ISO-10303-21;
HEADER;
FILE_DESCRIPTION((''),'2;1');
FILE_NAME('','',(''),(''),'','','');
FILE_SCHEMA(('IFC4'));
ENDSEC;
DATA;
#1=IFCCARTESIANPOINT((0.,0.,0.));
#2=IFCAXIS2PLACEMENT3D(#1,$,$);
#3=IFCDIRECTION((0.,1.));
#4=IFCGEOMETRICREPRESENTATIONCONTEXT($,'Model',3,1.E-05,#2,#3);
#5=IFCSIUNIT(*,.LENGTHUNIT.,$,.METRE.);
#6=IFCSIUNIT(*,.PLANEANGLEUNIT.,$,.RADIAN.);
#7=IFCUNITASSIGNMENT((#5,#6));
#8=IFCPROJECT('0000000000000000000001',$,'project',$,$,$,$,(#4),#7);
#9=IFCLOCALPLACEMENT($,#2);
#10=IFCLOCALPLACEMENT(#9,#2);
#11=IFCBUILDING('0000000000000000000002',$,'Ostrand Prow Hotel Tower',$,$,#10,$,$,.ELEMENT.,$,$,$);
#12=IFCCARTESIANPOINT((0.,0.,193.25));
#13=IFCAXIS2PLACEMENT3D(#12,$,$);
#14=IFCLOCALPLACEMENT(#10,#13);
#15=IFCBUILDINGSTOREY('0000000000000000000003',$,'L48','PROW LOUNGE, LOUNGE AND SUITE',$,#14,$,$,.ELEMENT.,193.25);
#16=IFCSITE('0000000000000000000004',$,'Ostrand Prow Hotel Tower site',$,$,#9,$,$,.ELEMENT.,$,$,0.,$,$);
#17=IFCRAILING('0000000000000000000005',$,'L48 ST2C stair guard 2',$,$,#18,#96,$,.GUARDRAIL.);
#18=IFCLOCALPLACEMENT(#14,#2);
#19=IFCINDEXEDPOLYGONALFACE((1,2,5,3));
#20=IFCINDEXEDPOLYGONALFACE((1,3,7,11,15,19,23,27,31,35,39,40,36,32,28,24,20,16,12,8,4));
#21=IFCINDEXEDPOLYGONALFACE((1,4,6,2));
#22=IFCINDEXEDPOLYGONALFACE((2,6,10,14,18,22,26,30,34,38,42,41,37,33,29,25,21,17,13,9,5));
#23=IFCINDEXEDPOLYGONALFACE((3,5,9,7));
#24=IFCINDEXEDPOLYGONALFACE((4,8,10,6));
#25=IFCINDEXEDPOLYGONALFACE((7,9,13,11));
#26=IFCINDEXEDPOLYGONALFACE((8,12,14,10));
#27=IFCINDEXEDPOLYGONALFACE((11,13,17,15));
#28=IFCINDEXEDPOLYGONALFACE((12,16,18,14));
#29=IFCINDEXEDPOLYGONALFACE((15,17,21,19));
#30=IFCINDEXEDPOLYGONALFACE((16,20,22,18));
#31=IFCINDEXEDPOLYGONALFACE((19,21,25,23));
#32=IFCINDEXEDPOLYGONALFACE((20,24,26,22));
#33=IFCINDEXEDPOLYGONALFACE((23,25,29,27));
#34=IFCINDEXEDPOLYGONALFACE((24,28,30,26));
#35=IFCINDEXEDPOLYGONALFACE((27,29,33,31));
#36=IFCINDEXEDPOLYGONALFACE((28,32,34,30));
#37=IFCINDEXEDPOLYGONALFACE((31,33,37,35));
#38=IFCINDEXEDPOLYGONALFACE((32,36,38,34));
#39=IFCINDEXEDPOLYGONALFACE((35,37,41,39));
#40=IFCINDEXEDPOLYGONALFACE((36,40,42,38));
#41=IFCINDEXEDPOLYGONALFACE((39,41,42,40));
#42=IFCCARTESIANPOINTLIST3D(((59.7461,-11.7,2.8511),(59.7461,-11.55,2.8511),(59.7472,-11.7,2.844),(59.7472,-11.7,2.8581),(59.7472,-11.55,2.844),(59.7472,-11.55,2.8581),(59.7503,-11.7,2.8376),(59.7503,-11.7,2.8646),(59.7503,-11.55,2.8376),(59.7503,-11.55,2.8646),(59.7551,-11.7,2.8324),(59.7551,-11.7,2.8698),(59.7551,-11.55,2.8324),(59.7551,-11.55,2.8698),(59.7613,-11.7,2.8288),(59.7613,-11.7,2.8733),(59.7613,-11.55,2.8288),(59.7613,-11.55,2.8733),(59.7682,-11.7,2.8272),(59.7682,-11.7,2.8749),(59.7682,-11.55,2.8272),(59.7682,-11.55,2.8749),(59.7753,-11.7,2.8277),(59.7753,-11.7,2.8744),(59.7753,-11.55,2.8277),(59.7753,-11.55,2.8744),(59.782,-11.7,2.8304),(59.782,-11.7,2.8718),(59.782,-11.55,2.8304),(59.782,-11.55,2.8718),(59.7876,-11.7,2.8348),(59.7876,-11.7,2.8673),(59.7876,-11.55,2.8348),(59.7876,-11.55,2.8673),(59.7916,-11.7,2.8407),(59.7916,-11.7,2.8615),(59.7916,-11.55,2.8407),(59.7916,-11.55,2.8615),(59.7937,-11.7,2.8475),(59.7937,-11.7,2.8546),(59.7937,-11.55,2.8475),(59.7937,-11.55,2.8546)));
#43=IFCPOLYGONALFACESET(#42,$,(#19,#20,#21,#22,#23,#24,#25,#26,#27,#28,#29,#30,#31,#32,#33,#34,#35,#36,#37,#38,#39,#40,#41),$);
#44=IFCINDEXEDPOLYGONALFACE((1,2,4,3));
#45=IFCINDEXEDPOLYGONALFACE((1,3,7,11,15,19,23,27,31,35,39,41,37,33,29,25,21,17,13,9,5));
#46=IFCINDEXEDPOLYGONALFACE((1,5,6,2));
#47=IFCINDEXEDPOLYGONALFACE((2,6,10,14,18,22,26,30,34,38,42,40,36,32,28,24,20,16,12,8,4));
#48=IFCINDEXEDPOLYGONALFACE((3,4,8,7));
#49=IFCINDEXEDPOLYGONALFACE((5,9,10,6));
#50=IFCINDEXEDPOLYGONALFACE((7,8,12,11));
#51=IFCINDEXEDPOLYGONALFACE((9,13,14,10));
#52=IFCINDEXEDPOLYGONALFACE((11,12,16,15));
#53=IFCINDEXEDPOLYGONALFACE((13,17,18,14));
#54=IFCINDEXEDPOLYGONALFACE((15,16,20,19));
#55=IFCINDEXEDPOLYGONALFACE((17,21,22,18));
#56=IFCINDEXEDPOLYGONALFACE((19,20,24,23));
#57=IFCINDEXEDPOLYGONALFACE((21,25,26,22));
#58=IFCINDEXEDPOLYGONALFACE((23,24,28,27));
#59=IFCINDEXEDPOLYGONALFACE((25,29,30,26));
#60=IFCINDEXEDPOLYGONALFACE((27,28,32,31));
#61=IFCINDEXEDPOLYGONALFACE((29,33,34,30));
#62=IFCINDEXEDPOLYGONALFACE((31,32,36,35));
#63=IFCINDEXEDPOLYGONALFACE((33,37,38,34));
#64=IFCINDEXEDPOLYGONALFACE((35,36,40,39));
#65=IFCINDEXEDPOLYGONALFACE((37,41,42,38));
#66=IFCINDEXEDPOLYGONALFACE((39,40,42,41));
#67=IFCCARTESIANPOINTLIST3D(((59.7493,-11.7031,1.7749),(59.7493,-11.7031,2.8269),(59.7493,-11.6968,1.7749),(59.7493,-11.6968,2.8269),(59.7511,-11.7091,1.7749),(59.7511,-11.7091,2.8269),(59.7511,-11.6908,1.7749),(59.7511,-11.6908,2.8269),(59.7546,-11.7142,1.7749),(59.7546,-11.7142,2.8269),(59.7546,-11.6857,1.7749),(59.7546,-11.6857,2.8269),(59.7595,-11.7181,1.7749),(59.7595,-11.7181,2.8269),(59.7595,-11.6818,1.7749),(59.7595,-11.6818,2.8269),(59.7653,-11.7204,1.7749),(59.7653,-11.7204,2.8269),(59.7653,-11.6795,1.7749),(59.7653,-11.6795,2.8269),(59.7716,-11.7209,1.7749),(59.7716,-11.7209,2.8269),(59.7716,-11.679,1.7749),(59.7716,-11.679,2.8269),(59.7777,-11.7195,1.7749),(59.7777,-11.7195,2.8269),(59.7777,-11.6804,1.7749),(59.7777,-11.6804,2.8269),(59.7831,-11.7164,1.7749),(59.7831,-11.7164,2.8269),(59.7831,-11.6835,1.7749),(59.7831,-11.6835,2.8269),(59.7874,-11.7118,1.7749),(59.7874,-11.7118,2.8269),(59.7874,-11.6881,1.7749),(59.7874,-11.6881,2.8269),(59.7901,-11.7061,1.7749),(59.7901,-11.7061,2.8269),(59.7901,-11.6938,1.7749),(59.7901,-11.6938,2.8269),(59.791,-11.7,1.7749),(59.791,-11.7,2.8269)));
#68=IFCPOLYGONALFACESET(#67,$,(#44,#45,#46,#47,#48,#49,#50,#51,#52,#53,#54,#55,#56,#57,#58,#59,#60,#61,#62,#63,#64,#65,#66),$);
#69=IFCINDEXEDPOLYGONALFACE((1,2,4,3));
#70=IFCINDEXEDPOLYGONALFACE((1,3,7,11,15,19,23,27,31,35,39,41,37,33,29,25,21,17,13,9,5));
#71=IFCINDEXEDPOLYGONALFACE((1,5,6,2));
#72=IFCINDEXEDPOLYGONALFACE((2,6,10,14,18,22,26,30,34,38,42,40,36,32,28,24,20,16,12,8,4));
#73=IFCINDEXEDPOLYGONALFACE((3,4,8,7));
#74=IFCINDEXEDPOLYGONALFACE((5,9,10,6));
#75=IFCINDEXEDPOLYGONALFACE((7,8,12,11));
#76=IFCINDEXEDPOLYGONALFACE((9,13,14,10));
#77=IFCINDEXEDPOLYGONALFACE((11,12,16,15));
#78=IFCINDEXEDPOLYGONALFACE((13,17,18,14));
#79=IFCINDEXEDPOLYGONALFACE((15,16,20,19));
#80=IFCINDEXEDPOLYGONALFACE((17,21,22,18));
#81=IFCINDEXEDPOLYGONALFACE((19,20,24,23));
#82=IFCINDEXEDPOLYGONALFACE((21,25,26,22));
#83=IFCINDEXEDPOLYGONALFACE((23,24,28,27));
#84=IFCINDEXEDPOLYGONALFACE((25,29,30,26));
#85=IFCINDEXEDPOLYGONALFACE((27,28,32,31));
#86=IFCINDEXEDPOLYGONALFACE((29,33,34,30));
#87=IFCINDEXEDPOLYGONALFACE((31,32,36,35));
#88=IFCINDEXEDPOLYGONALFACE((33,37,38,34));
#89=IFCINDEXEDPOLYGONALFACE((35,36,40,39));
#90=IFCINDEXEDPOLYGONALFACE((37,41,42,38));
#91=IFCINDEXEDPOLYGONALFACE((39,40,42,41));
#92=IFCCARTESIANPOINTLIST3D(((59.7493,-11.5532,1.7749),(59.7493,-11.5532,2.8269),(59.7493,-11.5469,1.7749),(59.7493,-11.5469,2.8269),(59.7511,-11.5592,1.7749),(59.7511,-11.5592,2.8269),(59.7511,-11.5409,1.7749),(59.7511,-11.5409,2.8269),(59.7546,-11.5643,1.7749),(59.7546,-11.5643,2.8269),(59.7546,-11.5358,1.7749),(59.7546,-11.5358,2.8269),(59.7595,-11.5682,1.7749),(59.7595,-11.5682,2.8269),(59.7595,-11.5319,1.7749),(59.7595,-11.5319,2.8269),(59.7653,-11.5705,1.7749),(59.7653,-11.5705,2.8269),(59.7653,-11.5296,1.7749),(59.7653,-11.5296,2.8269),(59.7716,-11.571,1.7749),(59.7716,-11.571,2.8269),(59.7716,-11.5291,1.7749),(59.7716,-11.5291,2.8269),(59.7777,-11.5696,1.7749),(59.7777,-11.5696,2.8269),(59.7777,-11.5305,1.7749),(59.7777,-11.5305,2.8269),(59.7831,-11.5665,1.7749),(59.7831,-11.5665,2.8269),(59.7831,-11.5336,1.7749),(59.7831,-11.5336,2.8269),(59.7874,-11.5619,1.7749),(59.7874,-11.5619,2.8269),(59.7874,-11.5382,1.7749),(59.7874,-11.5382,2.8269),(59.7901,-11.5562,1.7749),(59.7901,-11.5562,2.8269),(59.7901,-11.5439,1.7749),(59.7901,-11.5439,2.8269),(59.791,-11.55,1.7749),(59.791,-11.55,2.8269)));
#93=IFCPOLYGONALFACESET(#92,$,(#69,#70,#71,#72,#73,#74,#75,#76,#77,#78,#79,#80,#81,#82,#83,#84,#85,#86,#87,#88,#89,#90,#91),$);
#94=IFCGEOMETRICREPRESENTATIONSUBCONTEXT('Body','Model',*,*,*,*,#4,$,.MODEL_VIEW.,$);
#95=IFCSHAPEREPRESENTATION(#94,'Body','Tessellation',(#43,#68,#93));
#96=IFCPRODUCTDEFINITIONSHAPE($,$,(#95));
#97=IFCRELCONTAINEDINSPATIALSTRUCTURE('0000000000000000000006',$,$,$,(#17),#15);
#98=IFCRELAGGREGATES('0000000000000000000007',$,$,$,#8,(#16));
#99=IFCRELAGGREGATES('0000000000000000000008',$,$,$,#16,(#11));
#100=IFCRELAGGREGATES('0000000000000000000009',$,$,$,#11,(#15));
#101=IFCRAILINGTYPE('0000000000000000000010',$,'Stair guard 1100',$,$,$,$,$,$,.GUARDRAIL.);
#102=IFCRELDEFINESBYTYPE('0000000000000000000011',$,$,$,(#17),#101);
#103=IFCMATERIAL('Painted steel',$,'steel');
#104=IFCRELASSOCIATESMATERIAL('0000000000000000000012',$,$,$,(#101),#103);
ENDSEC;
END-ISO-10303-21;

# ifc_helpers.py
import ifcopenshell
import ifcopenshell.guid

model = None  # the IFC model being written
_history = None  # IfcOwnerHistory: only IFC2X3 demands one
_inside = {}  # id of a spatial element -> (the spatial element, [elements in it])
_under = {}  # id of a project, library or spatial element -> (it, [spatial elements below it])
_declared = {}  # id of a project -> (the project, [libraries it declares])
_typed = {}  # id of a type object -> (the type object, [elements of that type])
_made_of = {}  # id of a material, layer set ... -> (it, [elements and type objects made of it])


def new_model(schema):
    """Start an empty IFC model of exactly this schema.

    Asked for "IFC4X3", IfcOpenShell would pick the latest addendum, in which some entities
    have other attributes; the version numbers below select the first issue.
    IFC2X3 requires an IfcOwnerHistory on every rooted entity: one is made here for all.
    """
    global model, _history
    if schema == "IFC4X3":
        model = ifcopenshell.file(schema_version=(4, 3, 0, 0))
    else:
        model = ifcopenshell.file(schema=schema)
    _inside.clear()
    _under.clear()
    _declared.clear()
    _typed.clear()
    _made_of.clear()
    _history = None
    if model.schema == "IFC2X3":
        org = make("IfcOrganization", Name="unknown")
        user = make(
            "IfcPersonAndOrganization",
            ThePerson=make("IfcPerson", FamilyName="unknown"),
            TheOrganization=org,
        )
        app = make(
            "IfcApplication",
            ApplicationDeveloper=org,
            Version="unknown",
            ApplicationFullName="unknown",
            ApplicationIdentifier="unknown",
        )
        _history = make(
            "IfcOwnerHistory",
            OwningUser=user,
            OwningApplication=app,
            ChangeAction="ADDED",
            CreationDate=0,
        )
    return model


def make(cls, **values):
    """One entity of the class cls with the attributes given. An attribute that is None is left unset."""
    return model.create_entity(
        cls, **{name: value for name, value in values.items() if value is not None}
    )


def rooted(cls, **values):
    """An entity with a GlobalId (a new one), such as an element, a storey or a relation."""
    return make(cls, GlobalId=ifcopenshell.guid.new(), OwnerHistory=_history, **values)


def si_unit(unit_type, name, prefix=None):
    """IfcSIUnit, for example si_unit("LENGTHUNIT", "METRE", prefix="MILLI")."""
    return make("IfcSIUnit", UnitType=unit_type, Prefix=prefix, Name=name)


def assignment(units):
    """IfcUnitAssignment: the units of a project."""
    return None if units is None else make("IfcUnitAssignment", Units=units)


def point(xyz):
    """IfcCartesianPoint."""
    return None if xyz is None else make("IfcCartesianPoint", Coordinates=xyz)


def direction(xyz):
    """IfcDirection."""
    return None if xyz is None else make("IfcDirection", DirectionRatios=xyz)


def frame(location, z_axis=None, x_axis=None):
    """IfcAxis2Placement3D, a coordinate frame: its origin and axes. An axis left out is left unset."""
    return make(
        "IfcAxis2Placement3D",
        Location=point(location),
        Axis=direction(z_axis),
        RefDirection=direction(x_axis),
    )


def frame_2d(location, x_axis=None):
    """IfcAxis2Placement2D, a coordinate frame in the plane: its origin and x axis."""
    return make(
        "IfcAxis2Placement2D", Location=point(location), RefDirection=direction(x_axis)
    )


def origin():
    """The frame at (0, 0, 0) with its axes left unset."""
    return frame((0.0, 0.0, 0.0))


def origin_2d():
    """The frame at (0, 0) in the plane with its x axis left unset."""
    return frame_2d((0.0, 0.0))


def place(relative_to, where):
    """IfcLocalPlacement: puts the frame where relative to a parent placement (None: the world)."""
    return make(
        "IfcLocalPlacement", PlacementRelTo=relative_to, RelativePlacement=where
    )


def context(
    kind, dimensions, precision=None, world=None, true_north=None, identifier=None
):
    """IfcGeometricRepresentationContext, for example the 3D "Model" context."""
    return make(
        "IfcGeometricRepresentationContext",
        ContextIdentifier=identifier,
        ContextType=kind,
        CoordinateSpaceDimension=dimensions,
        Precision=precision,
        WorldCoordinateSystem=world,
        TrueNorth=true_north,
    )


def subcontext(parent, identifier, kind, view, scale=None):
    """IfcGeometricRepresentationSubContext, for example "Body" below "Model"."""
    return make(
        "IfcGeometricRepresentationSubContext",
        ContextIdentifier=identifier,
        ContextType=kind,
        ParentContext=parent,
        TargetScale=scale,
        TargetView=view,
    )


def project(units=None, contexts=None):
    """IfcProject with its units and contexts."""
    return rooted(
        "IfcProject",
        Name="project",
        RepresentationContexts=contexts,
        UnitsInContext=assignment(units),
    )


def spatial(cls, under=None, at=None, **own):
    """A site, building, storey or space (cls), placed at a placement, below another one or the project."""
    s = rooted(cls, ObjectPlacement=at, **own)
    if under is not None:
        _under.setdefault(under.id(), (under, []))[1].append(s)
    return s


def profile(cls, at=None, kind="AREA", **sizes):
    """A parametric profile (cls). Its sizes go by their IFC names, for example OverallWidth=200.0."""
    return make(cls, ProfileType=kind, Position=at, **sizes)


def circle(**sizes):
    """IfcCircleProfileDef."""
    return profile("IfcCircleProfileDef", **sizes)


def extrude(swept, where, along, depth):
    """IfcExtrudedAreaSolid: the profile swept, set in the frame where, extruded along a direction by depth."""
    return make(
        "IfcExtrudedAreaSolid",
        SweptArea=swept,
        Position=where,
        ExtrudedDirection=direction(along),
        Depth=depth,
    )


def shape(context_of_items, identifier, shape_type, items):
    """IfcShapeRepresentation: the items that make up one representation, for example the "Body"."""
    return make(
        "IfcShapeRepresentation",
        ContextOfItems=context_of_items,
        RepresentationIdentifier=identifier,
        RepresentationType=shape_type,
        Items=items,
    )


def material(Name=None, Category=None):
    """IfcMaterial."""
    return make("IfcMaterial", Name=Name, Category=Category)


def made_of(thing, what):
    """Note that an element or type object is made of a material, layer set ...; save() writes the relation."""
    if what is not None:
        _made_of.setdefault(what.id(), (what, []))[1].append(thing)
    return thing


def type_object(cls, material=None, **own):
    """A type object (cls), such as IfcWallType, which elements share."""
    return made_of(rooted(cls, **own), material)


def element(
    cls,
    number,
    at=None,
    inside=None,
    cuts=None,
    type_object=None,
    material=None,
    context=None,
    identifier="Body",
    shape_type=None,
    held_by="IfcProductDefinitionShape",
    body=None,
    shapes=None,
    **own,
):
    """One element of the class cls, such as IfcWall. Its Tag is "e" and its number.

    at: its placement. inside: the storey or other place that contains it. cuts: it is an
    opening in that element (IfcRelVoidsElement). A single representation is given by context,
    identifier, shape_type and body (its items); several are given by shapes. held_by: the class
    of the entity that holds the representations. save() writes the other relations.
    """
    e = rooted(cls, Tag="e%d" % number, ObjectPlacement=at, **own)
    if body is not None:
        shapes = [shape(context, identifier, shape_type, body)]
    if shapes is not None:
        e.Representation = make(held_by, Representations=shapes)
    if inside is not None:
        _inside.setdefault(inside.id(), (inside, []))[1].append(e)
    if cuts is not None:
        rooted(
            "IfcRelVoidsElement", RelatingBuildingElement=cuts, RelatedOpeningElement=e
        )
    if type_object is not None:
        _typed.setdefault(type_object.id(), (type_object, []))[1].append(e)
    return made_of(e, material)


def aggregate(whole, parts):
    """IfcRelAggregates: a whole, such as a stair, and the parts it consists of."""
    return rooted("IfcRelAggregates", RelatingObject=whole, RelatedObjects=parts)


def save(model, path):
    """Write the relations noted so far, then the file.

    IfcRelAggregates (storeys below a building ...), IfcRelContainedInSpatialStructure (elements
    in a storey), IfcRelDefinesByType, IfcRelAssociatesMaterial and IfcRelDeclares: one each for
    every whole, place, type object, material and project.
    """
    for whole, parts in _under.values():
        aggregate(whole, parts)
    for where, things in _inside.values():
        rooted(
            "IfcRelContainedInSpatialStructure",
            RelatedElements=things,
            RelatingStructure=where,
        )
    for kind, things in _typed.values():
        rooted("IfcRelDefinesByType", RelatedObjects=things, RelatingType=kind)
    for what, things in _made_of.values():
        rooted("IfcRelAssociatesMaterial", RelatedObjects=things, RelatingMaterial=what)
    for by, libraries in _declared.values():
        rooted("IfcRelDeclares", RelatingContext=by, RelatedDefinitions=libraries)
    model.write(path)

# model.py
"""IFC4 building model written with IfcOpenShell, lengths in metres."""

from ifc_helpers import new_model, si_unit, direction, frame, origin, origin_2d, place, context, subcontext, project, spatial, circle, extrude, material, type_object, element, save


model = new_model("IFC4")

# Units and contexts
model_context = context("Model", 3, precision=1e-05, world=origin(), true_north=direction((0.0, 1.0)))
body_context = subcontext(model_context, "Body", "Model", "MODEL_VIEW")
ifc_project = project(units=[si_unit("LENGTHUNIT", "METRE"), si_unit("PLANEANGLEUNIT", "RADIAN")], contexts=[model_context])

# Site, building, storey
site_placement = place(None, origin())
site = spatial("IfcSite", under=ifc_project, at=site_placement, Name="Ostrand Prow Hotel Tower site", CompositionType="ELEMENT", RefElevation=0.0)
building_placement = place(site_placement, origin())
building = spatial("IfcBuilding", under=site, at=building_placement, Name="Ostrand Prow Hotel Tower", CompositionType="ELEMENT")
storey_placement = place(building_placement, frame((0.0, 0.0, 193.25)))
storey = spatial("IfcBuildingStorey", under=building, at=storey_placement, Name="L48", Description="PROW LOUNGE, LOUNGE AND SUITE", CompositionType="ELEMENT", Elevation=193.25)

# Railing
ifc_material_1 = material(Name="Painted steel", Category="steel")
railing_type_1 = type_object("IfcRailingType", Name="Stair guard 1100", PredefinedType="GUARDRAIL", material=ifc_material_1)
railing_1_placement = place(storey_placement, frame((59.77, -11.7, 1.7749)))
element("IfcRailing", 1, at=railing_1_placement, inside=storey, type_object=railing_type_1, Name="L48 ST2C stair guard 2", PredefinedType="GUARDRAIL", context=body_context, shape_type="SweptSolid", body=[
    extrude(circle(Radius=0.0239, at=origin_2d()), frame((0.0, 0.0, 1.0762), z_axis=(0.0, 1.0, 0.0), x_axis=(-1.0, 0.0, 0.0)), (0.0, 0.0, 1.0), 0.1499),
    extrude(circle(Radius=0.021, at=origin_2d()), origin(), (0.0, 0.0, 1.0), 1.052),
    extrude(circle(Radius=0.021, at=origin_2d()), frame((0.0, 0.1499, 0.0)), (0.0, 0.0, 1.0), 1.052),
])

save(model, "model.ifc")
